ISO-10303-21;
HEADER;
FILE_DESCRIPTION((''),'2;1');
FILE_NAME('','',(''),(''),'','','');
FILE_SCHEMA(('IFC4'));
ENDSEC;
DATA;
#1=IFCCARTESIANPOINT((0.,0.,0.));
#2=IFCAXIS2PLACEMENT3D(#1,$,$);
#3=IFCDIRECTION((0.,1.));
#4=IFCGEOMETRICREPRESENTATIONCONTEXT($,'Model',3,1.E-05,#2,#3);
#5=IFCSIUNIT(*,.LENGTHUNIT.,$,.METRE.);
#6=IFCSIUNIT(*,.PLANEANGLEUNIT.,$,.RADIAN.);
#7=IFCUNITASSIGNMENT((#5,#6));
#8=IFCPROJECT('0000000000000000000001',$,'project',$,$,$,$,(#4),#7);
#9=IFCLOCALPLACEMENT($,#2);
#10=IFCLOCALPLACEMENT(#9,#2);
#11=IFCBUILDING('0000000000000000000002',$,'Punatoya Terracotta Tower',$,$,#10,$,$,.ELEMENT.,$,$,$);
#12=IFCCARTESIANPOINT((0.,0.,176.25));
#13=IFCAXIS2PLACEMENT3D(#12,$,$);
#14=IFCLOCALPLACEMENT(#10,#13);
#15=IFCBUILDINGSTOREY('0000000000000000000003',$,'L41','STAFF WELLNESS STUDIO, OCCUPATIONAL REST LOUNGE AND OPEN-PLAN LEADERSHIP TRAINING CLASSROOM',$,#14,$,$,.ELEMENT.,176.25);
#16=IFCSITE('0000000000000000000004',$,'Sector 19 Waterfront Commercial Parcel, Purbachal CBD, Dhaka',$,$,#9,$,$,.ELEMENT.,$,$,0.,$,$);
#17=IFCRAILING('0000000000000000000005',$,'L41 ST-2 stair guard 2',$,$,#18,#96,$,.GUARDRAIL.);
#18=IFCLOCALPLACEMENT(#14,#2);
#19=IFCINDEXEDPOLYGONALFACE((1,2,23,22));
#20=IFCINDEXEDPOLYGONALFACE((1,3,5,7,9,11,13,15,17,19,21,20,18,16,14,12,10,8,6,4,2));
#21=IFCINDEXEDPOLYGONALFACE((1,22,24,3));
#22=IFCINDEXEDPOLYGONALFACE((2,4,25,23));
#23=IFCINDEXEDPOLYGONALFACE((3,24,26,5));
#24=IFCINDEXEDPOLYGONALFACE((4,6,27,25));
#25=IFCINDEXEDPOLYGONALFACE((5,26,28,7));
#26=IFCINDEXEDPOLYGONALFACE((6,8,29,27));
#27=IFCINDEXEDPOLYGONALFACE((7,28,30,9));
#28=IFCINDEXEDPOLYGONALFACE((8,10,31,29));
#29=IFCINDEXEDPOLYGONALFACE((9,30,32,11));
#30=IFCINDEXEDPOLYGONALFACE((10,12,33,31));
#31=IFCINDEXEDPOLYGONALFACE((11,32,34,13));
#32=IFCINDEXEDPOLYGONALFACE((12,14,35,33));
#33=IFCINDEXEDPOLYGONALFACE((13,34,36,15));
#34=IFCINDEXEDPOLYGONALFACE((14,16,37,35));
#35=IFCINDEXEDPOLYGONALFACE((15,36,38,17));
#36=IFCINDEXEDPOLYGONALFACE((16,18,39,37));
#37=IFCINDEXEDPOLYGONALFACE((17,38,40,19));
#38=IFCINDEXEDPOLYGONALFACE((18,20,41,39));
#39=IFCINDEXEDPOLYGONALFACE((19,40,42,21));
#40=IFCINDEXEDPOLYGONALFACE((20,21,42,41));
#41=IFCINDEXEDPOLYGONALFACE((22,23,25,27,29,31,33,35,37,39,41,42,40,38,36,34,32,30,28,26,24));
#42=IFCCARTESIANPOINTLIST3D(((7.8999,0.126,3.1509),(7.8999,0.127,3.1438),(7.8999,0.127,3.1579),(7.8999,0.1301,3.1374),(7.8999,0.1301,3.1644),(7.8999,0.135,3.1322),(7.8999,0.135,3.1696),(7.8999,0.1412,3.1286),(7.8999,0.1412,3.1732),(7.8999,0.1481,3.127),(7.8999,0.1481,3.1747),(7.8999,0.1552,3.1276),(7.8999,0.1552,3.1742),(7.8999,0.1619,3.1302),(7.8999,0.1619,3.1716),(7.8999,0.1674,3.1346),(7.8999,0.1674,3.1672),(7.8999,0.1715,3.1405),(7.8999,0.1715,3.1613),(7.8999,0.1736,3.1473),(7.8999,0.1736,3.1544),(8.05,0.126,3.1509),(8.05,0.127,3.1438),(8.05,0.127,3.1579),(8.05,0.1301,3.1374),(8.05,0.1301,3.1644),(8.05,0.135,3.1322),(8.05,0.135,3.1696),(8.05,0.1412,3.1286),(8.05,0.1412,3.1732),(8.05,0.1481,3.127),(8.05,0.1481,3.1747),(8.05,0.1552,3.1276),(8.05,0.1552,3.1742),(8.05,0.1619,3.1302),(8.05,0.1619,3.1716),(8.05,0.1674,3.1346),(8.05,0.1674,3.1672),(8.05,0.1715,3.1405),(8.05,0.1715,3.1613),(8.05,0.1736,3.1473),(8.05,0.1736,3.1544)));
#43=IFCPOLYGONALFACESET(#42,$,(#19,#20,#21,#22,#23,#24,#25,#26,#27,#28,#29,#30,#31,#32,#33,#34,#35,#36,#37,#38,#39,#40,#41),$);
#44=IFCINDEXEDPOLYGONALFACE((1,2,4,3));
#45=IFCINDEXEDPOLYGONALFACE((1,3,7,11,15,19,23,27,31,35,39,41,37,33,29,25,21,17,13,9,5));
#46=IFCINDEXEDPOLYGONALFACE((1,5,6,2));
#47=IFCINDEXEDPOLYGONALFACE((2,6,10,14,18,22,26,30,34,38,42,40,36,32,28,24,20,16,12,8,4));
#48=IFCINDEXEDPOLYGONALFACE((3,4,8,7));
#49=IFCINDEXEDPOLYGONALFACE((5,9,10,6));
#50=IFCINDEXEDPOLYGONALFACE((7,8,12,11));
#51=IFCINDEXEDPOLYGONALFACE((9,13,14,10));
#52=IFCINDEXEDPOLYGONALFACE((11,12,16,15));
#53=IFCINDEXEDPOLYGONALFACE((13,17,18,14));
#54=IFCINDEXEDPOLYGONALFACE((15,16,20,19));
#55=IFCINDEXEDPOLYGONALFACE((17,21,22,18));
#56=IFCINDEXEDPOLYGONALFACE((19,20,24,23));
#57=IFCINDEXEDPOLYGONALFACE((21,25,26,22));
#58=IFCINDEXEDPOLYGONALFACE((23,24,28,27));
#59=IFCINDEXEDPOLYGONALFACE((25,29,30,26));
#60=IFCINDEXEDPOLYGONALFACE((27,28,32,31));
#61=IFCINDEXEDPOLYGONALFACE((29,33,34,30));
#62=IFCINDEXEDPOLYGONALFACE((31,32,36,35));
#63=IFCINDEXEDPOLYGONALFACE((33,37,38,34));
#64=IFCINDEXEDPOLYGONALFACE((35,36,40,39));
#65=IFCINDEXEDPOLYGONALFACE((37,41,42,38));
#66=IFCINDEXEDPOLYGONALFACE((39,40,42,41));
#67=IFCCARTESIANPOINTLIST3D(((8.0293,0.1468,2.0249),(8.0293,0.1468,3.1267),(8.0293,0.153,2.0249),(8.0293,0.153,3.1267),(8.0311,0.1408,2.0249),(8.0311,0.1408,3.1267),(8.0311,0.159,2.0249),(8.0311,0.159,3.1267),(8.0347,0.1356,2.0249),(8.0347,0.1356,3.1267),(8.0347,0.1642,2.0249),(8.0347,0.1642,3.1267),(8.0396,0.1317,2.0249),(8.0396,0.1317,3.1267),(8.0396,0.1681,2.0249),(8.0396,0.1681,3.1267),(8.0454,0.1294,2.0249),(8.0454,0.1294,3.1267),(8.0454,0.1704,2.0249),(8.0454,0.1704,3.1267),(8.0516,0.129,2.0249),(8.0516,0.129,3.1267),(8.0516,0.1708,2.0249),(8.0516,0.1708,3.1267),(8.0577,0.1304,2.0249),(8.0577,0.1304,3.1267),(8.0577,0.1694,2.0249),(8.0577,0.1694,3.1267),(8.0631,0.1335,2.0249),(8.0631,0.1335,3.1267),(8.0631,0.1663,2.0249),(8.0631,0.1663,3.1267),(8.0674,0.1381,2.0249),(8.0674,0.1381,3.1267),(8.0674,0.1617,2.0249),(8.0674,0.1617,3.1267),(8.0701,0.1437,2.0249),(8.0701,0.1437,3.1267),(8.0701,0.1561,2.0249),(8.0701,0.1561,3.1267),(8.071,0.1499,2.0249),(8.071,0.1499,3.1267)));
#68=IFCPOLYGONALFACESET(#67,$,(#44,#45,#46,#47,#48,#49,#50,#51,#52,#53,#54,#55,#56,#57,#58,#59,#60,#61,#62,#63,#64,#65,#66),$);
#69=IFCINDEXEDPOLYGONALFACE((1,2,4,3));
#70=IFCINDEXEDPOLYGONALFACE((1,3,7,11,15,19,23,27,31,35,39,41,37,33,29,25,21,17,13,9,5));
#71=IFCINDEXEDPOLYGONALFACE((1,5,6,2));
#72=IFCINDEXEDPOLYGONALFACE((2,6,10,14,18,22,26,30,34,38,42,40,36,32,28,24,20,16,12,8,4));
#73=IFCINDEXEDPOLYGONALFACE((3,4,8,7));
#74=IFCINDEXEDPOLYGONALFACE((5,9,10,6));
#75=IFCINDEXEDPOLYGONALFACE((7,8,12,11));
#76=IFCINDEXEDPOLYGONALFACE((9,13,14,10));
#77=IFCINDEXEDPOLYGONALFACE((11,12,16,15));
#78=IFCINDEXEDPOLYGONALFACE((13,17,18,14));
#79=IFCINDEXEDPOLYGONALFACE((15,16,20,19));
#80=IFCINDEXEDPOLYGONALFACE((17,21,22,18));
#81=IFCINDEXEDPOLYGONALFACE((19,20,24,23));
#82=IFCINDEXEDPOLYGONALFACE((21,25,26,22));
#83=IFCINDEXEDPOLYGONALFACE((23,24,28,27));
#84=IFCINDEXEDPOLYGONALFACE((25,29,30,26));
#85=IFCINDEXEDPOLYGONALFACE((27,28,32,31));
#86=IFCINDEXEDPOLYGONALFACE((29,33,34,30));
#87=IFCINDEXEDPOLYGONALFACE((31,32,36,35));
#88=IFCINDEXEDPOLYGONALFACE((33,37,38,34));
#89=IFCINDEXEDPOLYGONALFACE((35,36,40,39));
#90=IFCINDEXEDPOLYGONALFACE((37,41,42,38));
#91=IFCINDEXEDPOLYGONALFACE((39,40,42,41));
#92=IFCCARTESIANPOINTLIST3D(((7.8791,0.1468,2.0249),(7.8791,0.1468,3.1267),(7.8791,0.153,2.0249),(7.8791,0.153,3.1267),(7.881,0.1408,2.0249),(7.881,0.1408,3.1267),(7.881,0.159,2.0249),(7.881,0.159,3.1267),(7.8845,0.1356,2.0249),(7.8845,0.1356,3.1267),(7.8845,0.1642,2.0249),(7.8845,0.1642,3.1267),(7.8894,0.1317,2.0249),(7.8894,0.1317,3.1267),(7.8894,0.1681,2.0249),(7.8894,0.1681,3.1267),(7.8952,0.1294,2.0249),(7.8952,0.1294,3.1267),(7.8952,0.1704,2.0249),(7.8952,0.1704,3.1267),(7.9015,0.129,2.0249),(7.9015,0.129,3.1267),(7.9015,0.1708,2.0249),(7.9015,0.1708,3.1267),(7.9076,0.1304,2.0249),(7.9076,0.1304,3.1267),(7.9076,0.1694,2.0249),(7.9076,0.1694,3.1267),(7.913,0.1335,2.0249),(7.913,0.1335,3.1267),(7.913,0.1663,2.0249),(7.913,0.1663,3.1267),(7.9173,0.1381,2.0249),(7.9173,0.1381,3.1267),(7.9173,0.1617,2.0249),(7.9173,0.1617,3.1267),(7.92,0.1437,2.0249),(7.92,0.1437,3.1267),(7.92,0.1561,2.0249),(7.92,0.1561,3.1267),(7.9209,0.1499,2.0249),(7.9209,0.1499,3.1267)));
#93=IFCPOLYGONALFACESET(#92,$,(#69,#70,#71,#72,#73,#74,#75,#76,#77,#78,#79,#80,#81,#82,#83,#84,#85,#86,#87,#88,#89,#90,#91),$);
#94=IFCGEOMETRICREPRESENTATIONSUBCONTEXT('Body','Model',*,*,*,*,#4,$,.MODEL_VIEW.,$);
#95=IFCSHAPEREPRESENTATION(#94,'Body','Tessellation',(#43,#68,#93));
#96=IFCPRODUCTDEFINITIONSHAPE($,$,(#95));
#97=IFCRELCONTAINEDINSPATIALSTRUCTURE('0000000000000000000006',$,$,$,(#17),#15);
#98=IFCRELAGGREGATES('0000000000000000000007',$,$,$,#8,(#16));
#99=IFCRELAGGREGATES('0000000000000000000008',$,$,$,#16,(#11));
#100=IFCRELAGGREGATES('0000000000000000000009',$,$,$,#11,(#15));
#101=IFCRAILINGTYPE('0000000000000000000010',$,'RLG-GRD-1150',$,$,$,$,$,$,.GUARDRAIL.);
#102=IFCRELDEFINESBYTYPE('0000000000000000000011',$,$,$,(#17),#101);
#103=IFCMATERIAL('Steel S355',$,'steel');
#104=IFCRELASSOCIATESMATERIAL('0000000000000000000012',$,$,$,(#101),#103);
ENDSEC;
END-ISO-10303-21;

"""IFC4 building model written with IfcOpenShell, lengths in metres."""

from ifc_helpers import new_model, si_unit, direction, frame, origin, origin_2d, place, context, subcontext, project, spatial, circle, extrude, material, type_object, element, save


model = new_model("IFC4")

# Units and contexts
model_context = context("Model", 3, precision=1e-05, world=origin(), true_north=direction((0.0, 1.0)))
body_context = subcontext(model_context, "Body", "Model", "MODEL_VIEW")
ifc_project = project(units=[si_unit("LENGTHUNIT", "METRE"), si_unit("PLANEANGLEUNIT", "RADIAN")], contexts=[model_context])

# Site, building, storey
site_placement = place(None, origin())
site = spatial("IfcSite", under=ifc_project, at=site_placement, Name="Sector 19 Waterfront Commercial Parcel, Purbachal CBD, Dhaka", CompositionType="ELEMENT", RefElevation=0.0)
building_placement = place(site_placement, origin())
building = spatial("IfcBuilding", under=site, at=building_placement, Name="Punatoya Terracotta Tower", CompositionType="ELEMENT")
storey_placement = place(building_placement, frame((0.0, 0.0, 176.25)))
storey = spatial("IfcBuildingStorey", under=building, at=storey_placement, Name="L41", Description="STAFF WELLNESS STUDIO, OCCUPATIONAL REST LOUNGE AND OPEN-PLAN LEADERSHIP TRAINING CLASSROOM", CompositionType="ELEMENT", Elevation=176.25)

# Shared definitions
ifc_material_1 = material(Name="Steel S355", Category="steel")

# Railing
railing_type_1 = type_object("IfcRailingType", Name="RLG-GRD-1150", PredefinedType="GUARDRAIL", material=ifc_material_1)
railing_1_placement = place(storey_placement, frame((8.05, 0.1499, 2.0249)))
element("IfcRailing", 1, at=railing_1_placement, inside=storey, type_object=railing_type_1, Name="L41 ST-2 stair guard 2", PredefinedType="GUARDRAIL", context=body_context, shape_type="SweptSolid", body=[
    extrude(circle(Radius=0.0239, at=origin_2d()), frame((0.0, 0.0, 1.126), z_axis=(-1.0, 0.0, 0.0), x_axis=(0.0, -1.0, 0.0)), (0.0, 0.0, 1.0), 0.1501),
    extrude(circle(Radius=0.021, at=origin_2d()), origin(), (0.0, 0.0, 1.0), 1.1018),
    extrude(circle(Radius=0.021, at=origin_2d()), frame((-0.1501, 0.0, 0.0)), (0.0, 0.0, 1.0), 1.1018),
])

save(model, "model.ifc")
